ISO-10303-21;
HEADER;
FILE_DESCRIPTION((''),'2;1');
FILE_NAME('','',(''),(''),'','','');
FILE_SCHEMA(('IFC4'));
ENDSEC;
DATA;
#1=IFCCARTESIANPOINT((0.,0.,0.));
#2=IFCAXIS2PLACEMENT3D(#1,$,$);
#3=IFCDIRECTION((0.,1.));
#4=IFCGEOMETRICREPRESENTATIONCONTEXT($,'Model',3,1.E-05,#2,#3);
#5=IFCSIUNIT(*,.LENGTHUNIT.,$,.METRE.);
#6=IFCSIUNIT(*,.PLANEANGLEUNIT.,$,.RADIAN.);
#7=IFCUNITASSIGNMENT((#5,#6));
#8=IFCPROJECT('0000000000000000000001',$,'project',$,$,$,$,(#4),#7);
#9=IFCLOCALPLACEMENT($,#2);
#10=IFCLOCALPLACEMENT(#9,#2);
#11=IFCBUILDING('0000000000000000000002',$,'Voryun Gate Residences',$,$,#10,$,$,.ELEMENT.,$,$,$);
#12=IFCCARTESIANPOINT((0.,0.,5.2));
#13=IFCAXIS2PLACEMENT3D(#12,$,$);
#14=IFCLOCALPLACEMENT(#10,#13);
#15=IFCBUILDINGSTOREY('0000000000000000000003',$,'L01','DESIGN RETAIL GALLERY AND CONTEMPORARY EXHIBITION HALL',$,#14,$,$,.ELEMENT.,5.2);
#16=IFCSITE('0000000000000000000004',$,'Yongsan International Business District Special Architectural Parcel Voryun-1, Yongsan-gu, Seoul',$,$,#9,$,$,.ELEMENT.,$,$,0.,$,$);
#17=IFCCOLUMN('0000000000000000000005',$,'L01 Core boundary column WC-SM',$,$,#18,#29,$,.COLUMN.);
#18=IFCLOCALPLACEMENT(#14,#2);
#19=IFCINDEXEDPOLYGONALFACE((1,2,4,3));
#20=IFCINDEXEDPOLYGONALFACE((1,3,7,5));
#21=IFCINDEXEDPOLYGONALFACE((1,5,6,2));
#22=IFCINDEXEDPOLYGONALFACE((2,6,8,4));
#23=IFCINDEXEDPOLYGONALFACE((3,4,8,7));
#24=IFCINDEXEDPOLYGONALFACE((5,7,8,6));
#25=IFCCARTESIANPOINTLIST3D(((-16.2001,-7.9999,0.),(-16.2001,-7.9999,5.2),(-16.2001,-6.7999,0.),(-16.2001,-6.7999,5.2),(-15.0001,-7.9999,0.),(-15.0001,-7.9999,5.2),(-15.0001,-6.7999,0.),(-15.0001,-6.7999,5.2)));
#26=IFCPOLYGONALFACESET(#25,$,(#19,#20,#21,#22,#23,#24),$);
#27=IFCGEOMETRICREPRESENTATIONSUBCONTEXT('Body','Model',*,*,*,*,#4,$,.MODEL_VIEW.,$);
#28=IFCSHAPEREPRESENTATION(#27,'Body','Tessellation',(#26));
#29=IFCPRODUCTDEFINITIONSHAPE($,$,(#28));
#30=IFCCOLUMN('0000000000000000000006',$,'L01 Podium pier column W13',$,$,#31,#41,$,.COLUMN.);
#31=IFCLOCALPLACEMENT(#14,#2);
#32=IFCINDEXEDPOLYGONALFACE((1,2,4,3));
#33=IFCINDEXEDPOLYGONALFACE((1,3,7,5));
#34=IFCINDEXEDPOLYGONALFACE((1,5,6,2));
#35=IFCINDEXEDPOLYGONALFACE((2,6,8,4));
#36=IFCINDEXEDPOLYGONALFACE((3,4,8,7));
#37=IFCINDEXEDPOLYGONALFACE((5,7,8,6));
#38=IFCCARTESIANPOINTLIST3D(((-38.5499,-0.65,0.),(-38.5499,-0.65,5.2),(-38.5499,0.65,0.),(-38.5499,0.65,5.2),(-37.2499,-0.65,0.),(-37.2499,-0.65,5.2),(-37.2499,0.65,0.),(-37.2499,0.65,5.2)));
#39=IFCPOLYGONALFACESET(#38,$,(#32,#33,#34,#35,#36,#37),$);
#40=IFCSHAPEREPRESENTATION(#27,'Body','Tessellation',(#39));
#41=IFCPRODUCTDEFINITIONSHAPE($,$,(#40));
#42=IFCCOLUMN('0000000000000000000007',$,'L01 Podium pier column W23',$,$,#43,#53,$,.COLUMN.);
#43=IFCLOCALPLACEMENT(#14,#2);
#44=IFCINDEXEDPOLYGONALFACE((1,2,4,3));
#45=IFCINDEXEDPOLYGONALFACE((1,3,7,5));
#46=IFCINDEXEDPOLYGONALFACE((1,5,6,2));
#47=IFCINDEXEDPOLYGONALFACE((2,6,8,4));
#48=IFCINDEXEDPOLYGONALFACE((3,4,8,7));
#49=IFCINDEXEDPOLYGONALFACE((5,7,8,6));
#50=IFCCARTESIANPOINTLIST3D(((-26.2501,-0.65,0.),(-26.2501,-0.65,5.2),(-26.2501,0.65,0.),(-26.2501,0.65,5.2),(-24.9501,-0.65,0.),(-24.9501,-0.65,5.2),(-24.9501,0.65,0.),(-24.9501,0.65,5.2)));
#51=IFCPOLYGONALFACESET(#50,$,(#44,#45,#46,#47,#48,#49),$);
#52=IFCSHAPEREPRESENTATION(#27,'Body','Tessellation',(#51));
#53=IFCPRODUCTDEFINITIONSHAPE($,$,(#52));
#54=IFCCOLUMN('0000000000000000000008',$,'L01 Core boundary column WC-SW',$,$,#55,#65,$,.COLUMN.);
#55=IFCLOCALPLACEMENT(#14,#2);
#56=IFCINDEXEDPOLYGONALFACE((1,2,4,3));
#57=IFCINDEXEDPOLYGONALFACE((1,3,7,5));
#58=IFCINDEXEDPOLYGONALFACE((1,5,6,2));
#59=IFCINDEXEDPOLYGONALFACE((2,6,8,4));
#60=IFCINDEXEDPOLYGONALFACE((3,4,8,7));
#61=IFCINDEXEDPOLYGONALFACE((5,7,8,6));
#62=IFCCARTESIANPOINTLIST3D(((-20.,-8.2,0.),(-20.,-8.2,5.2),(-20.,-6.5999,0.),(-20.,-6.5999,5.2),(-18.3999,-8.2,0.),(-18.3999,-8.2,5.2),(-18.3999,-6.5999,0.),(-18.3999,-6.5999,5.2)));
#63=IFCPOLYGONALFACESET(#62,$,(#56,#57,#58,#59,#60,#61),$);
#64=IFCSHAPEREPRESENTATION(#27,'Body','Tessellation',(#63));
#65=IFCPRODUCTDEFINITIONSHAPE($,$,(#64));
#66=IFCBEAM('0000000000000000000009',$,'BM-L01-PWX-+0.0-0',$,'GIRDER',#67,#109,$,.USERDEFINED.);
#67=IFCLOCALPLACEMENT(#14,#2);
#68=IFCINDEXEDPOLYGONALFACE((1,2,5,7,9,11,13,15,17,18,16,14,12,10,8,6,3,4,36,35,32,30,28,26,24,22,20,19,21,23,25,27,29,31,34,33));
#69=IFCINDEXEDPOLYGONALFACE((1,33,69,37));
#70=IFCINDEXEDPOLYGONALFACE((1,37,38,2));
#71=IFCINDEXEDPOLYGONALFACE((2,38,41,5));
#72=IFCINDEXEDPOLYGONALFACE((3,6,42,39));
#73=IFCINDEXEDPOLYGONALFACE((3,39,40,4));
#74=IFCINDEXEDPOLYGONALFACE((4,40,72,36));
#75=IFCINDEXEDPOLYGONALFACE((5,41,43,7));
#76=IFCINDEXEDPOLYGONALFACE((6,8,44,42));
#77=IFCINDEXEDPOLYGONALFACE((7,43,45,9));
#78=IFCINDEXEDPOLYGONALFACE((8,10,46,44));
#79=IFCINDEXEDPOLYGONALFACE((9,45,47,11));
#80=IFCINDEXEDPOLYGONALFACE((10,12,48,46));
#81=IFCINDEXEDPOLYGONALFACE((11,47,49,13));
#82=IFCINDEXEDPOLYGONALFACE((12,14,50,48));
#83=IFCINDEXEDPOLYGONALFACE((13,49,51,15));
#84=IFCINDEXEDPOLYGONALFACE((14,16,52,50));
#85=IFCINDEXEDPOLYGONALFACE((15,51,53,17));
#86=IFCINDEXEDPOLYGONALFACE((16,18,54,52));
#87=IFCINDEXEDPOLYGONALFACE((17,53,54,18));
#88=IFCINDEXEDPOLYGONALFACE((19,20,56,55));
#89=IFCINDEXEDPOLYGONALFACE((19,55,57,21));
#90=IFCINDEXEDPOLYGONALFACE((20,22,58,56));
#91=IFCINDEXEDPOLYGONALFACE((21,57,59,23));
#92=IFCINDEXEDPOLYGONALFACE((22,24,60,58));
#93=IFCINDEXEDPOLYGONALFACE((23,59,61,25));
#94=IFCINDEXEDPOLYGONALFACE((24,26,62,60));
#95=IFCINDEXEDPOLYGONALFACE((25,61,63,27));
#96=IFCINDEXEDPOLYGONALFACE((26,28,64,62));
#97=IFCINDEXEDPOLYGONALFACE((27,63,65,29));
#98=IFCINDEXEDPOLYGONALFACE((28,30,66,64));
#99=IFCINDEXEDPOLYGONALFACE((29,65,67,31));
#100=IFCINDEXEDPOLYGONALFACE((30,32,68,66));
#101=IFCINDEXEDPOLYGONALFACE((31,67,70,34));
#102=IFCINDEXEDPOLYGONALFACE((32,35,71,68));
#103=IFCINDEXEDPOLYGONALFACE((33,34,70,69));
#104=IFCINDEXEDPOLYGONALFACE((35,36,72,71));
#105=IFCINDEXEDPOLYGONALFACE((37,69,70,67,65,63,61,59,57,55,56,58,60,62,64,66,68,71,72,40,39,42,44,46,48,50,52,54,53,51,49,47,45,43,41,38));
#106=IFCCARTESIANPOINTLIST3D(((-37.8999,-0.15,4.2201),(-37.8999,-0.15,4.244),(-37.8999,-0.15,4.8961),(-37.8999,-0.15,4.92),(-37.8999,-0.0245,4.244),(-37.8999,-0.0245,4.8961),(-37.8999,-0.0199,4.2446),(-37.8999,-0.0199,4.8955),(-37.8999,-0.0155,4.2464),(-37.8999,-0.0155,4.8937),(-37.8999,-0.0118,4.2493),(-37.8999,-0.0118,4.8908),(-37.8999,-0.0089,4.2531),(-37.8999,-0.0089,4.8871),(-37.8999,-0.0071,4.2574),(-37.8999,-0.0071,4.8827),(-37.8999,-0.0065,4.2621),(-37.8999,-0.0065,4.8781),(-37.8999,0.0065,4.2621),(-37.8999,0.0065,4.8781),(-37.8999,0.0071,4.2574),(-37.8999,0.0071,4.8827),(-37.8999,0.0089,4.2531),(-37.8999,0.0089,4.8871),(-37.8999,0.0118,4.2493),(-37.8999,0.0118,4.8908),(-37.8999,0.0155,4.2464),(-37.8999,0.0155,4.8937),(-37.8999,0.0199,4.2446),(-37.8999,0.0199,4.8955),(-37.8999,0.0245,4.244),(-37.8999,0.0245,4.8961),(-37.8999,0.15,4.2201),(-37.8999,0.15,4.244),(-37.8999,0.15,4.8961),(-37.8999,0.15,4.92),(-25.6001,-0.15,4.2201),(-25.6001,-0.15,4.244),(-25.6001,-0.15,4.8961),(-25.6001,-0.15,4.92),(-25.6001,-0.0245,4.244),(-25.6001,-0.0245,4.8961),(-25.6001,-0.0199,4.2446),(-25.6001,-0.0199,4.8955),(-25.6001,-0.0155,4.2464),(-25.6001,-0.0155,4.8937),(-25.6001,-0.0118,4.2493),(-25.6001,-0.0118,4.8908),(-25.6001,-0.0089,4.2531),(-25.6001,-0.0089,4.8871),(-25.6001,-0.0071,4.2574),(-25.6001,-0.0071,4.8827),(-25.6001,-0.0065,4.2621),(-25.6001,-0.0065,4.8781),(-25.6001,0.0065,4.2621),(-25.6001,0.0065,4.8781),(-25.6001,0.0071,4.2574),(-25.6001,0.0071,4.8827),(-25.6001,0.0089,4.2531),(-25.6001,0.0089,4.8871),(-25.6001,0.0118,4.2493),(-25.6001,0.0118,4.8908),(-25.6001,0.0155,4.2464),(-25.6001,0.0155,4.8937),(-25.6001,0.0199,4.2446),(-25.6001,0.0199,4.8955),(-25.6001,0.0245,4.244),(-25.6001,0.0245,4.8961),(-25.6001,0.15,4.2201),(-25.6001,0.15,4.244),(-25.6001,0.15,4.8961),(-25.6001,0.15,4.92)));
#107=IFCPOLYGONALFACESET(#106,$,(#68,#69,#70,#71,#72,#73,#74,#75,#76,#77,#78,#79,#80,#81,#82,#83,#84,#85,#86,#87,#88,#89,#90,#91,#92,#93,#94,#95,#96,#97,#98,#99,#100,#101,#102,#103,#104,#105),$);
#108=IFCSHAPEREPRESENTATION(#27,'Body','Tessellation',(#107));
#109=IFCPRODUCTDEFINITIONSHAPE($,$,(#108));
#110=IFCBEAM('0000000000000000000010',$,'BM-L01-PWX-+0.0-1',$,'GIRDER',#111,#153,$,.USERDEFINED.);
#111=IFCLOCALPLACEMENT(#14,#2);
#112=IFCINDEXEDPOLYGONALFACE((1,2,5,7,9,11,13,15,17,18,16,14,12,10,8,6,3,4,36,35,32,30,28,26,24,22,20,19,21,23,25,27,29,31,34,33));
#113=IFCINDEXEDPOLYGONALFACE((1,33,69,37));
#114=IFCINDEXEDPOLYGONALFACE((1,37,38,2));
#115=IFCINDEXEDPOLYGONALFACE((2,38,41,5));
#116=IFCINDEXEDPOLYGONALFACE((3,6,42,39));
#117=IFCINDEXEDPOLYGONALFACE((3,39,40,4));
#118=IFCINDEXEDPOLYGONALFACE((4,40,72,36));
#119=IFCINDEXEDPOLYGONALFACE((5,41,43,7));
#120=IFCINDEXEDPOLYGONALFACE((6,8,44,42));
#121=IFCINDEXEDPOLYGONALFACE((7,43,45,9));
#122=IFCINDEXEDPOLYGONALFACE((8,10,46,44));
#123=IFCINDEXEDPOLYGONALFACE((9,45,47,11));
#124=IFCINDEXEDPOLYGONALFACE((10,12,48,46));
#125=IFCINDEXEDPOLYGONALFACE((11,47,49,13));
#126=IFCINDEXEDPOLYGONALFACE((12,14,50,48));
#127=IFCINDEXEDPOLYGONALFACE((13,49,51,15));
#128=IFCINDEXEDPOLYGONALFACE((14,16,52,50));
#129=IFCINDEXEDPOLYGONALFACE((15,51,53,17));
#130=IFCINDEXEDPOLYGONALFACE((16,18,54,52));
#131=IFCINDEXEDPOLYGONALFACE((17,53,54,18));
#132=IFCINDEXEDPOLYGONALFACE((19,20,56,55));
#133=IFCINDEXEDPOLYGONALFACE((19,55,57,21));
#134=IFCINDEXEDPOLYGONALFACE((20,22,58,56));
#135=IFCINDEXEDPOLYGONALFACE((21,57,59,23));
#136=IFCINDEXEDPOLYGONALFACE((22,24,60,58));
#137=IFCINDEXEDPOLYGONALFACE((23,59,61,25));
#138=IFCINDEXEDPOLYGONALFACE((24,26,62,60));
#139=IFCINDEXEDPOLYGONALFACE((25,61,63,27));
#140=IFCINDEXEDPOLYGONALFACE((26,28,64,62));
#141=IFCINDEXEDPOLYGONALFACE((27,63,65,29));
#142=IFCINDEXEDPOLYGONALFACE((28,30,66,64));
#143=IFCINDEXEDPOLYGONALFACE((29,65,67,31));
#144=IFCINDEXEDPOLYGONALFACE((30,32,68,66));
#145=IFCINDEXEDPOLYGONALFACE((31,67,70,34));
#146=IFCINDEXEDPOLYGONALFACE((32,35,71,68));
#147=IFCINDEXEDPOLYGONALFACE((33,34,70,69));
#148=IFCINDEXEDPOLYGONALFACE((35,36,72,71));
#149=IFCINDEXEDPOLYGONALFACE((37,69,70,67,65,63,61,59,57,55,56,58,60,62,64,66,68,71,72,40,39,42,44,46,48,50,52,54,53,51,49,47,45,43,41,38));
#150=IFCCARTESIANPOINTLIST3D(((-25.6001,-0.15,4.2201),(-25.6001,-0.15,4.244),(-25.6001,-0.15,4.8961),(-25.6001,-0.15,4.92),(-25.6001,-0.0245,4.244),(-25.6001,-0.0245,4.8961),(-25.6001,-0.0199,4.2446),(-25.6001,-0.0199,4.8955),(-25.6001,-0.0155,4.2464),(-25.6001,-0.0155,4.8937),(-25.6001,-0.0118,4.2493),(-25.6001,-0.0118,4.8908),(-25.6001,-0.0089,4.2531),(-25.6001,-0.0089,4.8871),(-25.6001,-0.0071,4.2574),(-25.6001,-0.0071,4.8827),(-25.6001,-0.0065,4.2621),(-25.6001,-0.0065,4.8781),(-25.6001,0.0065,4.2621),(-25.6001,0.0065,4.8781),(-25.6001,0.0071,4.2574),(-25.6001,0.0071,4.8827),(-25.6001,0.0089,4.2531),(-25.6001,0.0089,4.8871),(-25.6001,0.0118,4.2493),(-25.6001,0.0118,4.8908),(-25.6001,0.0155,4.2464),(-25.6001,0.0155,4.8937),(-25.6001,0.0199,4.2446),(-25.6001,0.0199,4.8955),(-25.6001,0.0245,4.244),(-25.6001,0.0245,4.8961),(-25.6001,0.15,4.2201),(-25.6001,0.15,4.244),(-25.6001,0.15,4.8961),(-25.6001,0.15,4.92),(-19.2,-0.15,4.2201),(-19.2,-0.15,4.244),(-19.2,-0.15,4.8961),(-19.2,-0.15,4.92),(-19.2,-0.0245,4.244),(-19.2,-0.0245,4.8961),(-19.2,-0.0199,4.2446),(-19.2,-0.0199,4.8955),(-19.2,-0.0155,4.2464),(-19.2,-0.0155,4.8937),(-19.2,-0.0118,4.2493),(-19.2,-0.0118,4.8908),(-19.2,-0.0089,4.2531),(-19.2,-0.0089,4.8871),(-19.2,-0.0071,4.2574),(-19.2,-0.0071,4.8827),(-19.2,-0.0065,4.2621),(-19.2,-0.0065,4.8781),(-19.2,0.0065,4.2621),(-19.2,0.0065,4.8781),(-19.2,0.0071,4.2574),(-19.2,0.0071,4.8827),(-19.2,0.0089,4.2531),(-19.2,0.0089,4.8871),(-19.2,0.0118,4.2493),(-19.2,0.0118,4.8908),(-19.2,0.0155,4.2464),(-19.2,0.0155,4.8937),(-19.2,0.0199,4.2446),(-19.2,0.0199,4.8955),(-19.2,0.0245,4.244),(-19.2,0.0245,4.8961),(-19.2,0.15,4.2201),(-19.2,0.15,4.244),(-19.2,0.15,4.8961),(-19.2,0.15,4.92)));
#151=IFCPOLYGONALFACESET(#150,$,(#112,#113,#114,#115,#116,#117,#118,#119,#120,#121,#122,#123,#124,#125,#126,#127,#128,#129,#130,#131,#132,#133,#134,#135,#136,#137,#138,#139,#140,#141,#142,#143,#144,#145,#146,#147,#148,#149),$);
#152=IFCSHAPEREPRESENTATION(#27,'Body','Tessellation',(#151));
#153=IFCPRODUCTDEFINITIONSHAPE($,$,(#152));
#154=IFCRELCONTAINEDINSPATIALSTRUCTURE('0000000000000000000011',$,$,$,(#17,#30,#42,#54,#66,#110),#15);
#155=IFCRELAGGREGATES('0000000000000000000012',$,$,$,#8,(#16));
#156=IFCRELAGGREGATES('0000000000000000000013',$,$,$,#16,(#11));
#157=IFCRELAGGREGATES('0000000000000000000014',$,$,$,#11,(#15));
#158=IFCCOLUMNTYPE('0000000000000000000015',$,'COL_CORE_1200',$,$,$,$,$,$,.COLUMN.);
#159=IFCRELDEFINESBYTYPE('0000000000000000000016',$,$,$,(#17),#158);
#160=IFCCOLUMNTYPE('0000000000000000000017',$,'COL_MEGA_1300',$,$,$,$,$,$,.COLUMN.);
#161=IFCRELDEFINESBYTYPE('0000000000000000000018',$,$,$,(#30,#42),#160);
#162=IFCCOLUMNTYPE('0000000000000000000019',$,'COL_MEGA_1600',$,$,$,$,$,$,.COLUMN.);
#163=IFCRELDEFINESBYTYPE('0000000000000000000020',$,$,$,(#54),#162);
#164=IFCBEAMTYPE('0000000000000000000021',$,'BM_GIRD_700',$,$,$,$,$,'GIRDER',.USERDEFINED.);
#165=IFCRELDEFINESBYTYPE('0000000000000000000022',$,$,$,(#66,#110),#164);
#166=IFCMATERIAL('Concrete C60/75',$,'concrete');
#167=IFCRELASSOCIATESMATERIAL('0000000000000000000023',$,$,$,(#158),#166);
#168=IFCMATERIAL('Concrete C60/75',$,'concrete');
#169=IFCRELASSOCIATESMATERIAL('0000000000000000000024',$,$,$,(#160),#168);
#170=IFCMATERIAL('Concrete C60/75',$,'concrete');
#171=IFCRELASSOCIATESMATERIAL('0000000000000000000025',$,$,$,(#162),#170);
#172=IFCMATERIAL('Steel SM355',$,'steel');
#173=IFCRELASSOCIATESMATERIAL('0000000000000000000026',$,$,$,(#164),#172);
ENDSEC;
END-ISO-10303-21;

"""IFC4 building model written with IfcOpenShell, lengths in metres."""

from ifc_helpers import new_model, si_unit, direction, frame, origin, origin_2d, place, context, subcontext, project, spatial, rectangle, i_section, extrude, material, material_profile, profile_set, type_object, element, save


model = new_model("IFC4")

# Units and contexts
model_context = context("Model", 3, precision=1e-05, world=origin(), true_north=direction((0.0, 1.0)))
body_context = subcontext(model_context, "Body", "Model", "MODEL_VIEW")
ifc_project = project(units=[si_unit("LENGTHUNIT", "METRE"), si_unit("PLANEANGLEUNIT", "RADIAN")], contexts=[model_context])

# Site, building, storey
site_placement = place(None, origin())
site = spatial("IfcSite", under=ifc_project, at=site_placement, Name="Yongsan International Business District Special Architectural Parcel Voryun-1, Yongsan-gu, Seoul", CompositionType="ELEMENT", RefElevation=0.0)
building_placement = place(site_placement, origin())
building = spatial("IfcBuilding", under=site, at=building_placement, Name="Voryun Gate Residences", CompositionType="ELEMENT")
storey_placement = place(building_placement, frame((0.0, 0.0, 5.2)))
storey = spatial("IfcBuildingStorey", under=building, at=storey_placement, Name="L01", Description="DESIGN RETAIL GALLERY AND CONTEMPORARY EXHIBITION HALL", CompositionType="ELEMENT", Elevation=5.2)

# Columns
ifc_material_1 = material(Name="Concrete C60/75", Category="concrete")
ifc_material_profile_1 = material_profile(ifc_material_1, rectangle(XDim=1.2, YDim=1.2, at=origin_2d()), Name="RC-1200x1200")
ifc_profile_set_1 = profile_set([ifc_material_profile_1], Name="Concrete C60/75")
column_type_1 = type_object("IfcColumnType", Name="COL_CORE_1200", PredefinedType="COLUMN", material=ifc_profile_set_1)
column_1_placement = place(storey_placement, frame((-15.6001, -7.3999, 0.0), z_axis=(0.0, 0.0, 1.0), x_axis=(1.0, 0.0, 0.0)))
element("IfcColumn", 1, at=column_1_placement, inside=storey, type_object=column_type_1, Name="L01 Core boundary column WC-SM", PredefinedType="COLUMN", context=body_context, shape_type="SweptSolid", body=[
    extrude(rectangle(XDim=1.2, YDim=1.2, at=origin_2d()), origin(), (0.0, 0.0, 1.0), 5.2),
])
ifc_material_2 = material(Name="Concrete C60/75", Category="concrete")
ifc_material_profile_2 = material_profile(ifc_material_2, rectangle(XDim=1.3, YDim=1.3, at=origin_2d()), Name="RC-1300x1300")
ifc_profile_set_2 = profile_set([ifc_material_profile_2], Name="Concrete C60/75")
column_type_2 = type_object("IfcColumnType", Name="COL_MEGA_1300", PredefinedType="COLUMN", material=ifc_profile_set_2)
for number, where, z_axis, x_axis, name in (
    (2, (-37.8999, 0.0, 0.0), (0.0, 0.0, 1.0), (1.0, 0.0, 0.0), "L01 Podium pier column W13"),
    (3, (-25.6001, 0.0, 0.0), (0.0, 0.0, 1.0), (1.0, 0.0, 0.0), "L01 Podium pier column W23"),
):
    element("IfcColumn", number, at=place(storey_placement, frame(where, z_axis=z_axis, x_axis=x_axis)), inside=storey, type_object=column_type_2, Name=name, PredefinedType="COLUMN", context=body_context, shape_type="SweptSolid", body=[
        extrude(rectangle(XDim=1.3, YDim=1.3, at=origin_2d()), origin(), (0.0, 0.0, 1.0), 5.2),
    ])
ifc_material_3 = material(Name="Concrete C60/75", Category="concrete")
ifc_material_profile_3 = material_profile(ifc_material_3, rectangle(XDim=1.6001, YDim=1.6001, at=origin_2d()), Name="RC-1600x1600")
ifc_profile_set_3 = profile_set([ifc_material_profile_3], Name="Concrete C60/75")
column_type_3 = type_object("IfcColumnType", Name="COL_MEGA_1600", PredefinedType="COLUMN", material=ifc_profile_set_3)
column_2_placement = place(storey_placement, frame((-19.2, -7.3999, 0.0), z_axis=(0.0, 0.0, 1.0), x_axis=(1.0, 0.0, 0.0)))
element("IfcColumn", 4, at=column_2_placement, inside=storey, type_object=column_type_3, Name="L01 Core boundary column WC-SW", PredefinedType="COLUMN", context=body_context, shape_type="SweptSolid", body=[
    extrude(rectangle(XDim=1.6001, YDim=1.6001, at=origin_2d()), origin(), (0.0, 0.0, 1.0), 5.2),
])

# Beams
ifc_material_4 = material(Name="Steel SM355", Category="steel")
ifc_material_profile_4 = material_profile(ifc_material_4, i_section(OverallWidth=0.3, OverallDepth=0.7, WebThickness=0.0129, FlangeThickness=0.0239, FilletRadius=0.0181, at=origin_2d()), Name="H-700x300x13x24")
ifc_profile_set_4 = profile_set([ifc_material_profile_4], Name="Steel SM355")
beam_type = type_object("IfcBeamType", Name="BM_GIRD_700", ElementType="GIRDER", PredefinedType="USERDEFINED", material=ifc_profile_set_4)
beam_1_placement = place(storey_placement, frame((-37.8999, 0.0, 4.5701), z_axis=(1.0, 0.0, 0.0), x_axis=(0.0, 1.0, 0.0)))
element("IfcBeam", 5, at=beam_1_placement, inside=storey, type_object=beam_type, Name="BM-L01-PWX-+0.0-0", ObjectType="GIRDER", PredefinedType="USERDEFINED", context=body_context, shape_type="SweptSolid", body=[
    extrude(i_section(OverallWidth=0.3, OverallDepth=0.7, WebThickness=0.0129, FlangeThickness=0.0239, FilletRadius=0.0181, at=origin_2d()), origin(), (0.0, 0.0, 1.0), 12.2998),
])
beam_2_placement = place(storey_placement, frame((-25.6001, 0.0, 4.5701), z_axis=(1.0, 0.0, 0.0), x_axis=(0.0, 1.0, 0.0)))
element("IfcBeam", 6, at=beam_2_placement, inside=storey, type_object=beam_type, Name="BM-L01-PWX-+0.0-1", ObjectType="GIRDER", PredefinedType="USERDEFINED", context=body_context, shape_type="SweptSolid", body=[
    extrude(i_section(OverallWidth=0.3, OverallDepth=0.7, WebThickness=0.0129, FlangeThickness=0.0239, FilletRadius=0.0181, at=origin_2d()), origin(), (0.0, 0.0, 1.0), 6.4001),
])

save(model, "model.ifc")
